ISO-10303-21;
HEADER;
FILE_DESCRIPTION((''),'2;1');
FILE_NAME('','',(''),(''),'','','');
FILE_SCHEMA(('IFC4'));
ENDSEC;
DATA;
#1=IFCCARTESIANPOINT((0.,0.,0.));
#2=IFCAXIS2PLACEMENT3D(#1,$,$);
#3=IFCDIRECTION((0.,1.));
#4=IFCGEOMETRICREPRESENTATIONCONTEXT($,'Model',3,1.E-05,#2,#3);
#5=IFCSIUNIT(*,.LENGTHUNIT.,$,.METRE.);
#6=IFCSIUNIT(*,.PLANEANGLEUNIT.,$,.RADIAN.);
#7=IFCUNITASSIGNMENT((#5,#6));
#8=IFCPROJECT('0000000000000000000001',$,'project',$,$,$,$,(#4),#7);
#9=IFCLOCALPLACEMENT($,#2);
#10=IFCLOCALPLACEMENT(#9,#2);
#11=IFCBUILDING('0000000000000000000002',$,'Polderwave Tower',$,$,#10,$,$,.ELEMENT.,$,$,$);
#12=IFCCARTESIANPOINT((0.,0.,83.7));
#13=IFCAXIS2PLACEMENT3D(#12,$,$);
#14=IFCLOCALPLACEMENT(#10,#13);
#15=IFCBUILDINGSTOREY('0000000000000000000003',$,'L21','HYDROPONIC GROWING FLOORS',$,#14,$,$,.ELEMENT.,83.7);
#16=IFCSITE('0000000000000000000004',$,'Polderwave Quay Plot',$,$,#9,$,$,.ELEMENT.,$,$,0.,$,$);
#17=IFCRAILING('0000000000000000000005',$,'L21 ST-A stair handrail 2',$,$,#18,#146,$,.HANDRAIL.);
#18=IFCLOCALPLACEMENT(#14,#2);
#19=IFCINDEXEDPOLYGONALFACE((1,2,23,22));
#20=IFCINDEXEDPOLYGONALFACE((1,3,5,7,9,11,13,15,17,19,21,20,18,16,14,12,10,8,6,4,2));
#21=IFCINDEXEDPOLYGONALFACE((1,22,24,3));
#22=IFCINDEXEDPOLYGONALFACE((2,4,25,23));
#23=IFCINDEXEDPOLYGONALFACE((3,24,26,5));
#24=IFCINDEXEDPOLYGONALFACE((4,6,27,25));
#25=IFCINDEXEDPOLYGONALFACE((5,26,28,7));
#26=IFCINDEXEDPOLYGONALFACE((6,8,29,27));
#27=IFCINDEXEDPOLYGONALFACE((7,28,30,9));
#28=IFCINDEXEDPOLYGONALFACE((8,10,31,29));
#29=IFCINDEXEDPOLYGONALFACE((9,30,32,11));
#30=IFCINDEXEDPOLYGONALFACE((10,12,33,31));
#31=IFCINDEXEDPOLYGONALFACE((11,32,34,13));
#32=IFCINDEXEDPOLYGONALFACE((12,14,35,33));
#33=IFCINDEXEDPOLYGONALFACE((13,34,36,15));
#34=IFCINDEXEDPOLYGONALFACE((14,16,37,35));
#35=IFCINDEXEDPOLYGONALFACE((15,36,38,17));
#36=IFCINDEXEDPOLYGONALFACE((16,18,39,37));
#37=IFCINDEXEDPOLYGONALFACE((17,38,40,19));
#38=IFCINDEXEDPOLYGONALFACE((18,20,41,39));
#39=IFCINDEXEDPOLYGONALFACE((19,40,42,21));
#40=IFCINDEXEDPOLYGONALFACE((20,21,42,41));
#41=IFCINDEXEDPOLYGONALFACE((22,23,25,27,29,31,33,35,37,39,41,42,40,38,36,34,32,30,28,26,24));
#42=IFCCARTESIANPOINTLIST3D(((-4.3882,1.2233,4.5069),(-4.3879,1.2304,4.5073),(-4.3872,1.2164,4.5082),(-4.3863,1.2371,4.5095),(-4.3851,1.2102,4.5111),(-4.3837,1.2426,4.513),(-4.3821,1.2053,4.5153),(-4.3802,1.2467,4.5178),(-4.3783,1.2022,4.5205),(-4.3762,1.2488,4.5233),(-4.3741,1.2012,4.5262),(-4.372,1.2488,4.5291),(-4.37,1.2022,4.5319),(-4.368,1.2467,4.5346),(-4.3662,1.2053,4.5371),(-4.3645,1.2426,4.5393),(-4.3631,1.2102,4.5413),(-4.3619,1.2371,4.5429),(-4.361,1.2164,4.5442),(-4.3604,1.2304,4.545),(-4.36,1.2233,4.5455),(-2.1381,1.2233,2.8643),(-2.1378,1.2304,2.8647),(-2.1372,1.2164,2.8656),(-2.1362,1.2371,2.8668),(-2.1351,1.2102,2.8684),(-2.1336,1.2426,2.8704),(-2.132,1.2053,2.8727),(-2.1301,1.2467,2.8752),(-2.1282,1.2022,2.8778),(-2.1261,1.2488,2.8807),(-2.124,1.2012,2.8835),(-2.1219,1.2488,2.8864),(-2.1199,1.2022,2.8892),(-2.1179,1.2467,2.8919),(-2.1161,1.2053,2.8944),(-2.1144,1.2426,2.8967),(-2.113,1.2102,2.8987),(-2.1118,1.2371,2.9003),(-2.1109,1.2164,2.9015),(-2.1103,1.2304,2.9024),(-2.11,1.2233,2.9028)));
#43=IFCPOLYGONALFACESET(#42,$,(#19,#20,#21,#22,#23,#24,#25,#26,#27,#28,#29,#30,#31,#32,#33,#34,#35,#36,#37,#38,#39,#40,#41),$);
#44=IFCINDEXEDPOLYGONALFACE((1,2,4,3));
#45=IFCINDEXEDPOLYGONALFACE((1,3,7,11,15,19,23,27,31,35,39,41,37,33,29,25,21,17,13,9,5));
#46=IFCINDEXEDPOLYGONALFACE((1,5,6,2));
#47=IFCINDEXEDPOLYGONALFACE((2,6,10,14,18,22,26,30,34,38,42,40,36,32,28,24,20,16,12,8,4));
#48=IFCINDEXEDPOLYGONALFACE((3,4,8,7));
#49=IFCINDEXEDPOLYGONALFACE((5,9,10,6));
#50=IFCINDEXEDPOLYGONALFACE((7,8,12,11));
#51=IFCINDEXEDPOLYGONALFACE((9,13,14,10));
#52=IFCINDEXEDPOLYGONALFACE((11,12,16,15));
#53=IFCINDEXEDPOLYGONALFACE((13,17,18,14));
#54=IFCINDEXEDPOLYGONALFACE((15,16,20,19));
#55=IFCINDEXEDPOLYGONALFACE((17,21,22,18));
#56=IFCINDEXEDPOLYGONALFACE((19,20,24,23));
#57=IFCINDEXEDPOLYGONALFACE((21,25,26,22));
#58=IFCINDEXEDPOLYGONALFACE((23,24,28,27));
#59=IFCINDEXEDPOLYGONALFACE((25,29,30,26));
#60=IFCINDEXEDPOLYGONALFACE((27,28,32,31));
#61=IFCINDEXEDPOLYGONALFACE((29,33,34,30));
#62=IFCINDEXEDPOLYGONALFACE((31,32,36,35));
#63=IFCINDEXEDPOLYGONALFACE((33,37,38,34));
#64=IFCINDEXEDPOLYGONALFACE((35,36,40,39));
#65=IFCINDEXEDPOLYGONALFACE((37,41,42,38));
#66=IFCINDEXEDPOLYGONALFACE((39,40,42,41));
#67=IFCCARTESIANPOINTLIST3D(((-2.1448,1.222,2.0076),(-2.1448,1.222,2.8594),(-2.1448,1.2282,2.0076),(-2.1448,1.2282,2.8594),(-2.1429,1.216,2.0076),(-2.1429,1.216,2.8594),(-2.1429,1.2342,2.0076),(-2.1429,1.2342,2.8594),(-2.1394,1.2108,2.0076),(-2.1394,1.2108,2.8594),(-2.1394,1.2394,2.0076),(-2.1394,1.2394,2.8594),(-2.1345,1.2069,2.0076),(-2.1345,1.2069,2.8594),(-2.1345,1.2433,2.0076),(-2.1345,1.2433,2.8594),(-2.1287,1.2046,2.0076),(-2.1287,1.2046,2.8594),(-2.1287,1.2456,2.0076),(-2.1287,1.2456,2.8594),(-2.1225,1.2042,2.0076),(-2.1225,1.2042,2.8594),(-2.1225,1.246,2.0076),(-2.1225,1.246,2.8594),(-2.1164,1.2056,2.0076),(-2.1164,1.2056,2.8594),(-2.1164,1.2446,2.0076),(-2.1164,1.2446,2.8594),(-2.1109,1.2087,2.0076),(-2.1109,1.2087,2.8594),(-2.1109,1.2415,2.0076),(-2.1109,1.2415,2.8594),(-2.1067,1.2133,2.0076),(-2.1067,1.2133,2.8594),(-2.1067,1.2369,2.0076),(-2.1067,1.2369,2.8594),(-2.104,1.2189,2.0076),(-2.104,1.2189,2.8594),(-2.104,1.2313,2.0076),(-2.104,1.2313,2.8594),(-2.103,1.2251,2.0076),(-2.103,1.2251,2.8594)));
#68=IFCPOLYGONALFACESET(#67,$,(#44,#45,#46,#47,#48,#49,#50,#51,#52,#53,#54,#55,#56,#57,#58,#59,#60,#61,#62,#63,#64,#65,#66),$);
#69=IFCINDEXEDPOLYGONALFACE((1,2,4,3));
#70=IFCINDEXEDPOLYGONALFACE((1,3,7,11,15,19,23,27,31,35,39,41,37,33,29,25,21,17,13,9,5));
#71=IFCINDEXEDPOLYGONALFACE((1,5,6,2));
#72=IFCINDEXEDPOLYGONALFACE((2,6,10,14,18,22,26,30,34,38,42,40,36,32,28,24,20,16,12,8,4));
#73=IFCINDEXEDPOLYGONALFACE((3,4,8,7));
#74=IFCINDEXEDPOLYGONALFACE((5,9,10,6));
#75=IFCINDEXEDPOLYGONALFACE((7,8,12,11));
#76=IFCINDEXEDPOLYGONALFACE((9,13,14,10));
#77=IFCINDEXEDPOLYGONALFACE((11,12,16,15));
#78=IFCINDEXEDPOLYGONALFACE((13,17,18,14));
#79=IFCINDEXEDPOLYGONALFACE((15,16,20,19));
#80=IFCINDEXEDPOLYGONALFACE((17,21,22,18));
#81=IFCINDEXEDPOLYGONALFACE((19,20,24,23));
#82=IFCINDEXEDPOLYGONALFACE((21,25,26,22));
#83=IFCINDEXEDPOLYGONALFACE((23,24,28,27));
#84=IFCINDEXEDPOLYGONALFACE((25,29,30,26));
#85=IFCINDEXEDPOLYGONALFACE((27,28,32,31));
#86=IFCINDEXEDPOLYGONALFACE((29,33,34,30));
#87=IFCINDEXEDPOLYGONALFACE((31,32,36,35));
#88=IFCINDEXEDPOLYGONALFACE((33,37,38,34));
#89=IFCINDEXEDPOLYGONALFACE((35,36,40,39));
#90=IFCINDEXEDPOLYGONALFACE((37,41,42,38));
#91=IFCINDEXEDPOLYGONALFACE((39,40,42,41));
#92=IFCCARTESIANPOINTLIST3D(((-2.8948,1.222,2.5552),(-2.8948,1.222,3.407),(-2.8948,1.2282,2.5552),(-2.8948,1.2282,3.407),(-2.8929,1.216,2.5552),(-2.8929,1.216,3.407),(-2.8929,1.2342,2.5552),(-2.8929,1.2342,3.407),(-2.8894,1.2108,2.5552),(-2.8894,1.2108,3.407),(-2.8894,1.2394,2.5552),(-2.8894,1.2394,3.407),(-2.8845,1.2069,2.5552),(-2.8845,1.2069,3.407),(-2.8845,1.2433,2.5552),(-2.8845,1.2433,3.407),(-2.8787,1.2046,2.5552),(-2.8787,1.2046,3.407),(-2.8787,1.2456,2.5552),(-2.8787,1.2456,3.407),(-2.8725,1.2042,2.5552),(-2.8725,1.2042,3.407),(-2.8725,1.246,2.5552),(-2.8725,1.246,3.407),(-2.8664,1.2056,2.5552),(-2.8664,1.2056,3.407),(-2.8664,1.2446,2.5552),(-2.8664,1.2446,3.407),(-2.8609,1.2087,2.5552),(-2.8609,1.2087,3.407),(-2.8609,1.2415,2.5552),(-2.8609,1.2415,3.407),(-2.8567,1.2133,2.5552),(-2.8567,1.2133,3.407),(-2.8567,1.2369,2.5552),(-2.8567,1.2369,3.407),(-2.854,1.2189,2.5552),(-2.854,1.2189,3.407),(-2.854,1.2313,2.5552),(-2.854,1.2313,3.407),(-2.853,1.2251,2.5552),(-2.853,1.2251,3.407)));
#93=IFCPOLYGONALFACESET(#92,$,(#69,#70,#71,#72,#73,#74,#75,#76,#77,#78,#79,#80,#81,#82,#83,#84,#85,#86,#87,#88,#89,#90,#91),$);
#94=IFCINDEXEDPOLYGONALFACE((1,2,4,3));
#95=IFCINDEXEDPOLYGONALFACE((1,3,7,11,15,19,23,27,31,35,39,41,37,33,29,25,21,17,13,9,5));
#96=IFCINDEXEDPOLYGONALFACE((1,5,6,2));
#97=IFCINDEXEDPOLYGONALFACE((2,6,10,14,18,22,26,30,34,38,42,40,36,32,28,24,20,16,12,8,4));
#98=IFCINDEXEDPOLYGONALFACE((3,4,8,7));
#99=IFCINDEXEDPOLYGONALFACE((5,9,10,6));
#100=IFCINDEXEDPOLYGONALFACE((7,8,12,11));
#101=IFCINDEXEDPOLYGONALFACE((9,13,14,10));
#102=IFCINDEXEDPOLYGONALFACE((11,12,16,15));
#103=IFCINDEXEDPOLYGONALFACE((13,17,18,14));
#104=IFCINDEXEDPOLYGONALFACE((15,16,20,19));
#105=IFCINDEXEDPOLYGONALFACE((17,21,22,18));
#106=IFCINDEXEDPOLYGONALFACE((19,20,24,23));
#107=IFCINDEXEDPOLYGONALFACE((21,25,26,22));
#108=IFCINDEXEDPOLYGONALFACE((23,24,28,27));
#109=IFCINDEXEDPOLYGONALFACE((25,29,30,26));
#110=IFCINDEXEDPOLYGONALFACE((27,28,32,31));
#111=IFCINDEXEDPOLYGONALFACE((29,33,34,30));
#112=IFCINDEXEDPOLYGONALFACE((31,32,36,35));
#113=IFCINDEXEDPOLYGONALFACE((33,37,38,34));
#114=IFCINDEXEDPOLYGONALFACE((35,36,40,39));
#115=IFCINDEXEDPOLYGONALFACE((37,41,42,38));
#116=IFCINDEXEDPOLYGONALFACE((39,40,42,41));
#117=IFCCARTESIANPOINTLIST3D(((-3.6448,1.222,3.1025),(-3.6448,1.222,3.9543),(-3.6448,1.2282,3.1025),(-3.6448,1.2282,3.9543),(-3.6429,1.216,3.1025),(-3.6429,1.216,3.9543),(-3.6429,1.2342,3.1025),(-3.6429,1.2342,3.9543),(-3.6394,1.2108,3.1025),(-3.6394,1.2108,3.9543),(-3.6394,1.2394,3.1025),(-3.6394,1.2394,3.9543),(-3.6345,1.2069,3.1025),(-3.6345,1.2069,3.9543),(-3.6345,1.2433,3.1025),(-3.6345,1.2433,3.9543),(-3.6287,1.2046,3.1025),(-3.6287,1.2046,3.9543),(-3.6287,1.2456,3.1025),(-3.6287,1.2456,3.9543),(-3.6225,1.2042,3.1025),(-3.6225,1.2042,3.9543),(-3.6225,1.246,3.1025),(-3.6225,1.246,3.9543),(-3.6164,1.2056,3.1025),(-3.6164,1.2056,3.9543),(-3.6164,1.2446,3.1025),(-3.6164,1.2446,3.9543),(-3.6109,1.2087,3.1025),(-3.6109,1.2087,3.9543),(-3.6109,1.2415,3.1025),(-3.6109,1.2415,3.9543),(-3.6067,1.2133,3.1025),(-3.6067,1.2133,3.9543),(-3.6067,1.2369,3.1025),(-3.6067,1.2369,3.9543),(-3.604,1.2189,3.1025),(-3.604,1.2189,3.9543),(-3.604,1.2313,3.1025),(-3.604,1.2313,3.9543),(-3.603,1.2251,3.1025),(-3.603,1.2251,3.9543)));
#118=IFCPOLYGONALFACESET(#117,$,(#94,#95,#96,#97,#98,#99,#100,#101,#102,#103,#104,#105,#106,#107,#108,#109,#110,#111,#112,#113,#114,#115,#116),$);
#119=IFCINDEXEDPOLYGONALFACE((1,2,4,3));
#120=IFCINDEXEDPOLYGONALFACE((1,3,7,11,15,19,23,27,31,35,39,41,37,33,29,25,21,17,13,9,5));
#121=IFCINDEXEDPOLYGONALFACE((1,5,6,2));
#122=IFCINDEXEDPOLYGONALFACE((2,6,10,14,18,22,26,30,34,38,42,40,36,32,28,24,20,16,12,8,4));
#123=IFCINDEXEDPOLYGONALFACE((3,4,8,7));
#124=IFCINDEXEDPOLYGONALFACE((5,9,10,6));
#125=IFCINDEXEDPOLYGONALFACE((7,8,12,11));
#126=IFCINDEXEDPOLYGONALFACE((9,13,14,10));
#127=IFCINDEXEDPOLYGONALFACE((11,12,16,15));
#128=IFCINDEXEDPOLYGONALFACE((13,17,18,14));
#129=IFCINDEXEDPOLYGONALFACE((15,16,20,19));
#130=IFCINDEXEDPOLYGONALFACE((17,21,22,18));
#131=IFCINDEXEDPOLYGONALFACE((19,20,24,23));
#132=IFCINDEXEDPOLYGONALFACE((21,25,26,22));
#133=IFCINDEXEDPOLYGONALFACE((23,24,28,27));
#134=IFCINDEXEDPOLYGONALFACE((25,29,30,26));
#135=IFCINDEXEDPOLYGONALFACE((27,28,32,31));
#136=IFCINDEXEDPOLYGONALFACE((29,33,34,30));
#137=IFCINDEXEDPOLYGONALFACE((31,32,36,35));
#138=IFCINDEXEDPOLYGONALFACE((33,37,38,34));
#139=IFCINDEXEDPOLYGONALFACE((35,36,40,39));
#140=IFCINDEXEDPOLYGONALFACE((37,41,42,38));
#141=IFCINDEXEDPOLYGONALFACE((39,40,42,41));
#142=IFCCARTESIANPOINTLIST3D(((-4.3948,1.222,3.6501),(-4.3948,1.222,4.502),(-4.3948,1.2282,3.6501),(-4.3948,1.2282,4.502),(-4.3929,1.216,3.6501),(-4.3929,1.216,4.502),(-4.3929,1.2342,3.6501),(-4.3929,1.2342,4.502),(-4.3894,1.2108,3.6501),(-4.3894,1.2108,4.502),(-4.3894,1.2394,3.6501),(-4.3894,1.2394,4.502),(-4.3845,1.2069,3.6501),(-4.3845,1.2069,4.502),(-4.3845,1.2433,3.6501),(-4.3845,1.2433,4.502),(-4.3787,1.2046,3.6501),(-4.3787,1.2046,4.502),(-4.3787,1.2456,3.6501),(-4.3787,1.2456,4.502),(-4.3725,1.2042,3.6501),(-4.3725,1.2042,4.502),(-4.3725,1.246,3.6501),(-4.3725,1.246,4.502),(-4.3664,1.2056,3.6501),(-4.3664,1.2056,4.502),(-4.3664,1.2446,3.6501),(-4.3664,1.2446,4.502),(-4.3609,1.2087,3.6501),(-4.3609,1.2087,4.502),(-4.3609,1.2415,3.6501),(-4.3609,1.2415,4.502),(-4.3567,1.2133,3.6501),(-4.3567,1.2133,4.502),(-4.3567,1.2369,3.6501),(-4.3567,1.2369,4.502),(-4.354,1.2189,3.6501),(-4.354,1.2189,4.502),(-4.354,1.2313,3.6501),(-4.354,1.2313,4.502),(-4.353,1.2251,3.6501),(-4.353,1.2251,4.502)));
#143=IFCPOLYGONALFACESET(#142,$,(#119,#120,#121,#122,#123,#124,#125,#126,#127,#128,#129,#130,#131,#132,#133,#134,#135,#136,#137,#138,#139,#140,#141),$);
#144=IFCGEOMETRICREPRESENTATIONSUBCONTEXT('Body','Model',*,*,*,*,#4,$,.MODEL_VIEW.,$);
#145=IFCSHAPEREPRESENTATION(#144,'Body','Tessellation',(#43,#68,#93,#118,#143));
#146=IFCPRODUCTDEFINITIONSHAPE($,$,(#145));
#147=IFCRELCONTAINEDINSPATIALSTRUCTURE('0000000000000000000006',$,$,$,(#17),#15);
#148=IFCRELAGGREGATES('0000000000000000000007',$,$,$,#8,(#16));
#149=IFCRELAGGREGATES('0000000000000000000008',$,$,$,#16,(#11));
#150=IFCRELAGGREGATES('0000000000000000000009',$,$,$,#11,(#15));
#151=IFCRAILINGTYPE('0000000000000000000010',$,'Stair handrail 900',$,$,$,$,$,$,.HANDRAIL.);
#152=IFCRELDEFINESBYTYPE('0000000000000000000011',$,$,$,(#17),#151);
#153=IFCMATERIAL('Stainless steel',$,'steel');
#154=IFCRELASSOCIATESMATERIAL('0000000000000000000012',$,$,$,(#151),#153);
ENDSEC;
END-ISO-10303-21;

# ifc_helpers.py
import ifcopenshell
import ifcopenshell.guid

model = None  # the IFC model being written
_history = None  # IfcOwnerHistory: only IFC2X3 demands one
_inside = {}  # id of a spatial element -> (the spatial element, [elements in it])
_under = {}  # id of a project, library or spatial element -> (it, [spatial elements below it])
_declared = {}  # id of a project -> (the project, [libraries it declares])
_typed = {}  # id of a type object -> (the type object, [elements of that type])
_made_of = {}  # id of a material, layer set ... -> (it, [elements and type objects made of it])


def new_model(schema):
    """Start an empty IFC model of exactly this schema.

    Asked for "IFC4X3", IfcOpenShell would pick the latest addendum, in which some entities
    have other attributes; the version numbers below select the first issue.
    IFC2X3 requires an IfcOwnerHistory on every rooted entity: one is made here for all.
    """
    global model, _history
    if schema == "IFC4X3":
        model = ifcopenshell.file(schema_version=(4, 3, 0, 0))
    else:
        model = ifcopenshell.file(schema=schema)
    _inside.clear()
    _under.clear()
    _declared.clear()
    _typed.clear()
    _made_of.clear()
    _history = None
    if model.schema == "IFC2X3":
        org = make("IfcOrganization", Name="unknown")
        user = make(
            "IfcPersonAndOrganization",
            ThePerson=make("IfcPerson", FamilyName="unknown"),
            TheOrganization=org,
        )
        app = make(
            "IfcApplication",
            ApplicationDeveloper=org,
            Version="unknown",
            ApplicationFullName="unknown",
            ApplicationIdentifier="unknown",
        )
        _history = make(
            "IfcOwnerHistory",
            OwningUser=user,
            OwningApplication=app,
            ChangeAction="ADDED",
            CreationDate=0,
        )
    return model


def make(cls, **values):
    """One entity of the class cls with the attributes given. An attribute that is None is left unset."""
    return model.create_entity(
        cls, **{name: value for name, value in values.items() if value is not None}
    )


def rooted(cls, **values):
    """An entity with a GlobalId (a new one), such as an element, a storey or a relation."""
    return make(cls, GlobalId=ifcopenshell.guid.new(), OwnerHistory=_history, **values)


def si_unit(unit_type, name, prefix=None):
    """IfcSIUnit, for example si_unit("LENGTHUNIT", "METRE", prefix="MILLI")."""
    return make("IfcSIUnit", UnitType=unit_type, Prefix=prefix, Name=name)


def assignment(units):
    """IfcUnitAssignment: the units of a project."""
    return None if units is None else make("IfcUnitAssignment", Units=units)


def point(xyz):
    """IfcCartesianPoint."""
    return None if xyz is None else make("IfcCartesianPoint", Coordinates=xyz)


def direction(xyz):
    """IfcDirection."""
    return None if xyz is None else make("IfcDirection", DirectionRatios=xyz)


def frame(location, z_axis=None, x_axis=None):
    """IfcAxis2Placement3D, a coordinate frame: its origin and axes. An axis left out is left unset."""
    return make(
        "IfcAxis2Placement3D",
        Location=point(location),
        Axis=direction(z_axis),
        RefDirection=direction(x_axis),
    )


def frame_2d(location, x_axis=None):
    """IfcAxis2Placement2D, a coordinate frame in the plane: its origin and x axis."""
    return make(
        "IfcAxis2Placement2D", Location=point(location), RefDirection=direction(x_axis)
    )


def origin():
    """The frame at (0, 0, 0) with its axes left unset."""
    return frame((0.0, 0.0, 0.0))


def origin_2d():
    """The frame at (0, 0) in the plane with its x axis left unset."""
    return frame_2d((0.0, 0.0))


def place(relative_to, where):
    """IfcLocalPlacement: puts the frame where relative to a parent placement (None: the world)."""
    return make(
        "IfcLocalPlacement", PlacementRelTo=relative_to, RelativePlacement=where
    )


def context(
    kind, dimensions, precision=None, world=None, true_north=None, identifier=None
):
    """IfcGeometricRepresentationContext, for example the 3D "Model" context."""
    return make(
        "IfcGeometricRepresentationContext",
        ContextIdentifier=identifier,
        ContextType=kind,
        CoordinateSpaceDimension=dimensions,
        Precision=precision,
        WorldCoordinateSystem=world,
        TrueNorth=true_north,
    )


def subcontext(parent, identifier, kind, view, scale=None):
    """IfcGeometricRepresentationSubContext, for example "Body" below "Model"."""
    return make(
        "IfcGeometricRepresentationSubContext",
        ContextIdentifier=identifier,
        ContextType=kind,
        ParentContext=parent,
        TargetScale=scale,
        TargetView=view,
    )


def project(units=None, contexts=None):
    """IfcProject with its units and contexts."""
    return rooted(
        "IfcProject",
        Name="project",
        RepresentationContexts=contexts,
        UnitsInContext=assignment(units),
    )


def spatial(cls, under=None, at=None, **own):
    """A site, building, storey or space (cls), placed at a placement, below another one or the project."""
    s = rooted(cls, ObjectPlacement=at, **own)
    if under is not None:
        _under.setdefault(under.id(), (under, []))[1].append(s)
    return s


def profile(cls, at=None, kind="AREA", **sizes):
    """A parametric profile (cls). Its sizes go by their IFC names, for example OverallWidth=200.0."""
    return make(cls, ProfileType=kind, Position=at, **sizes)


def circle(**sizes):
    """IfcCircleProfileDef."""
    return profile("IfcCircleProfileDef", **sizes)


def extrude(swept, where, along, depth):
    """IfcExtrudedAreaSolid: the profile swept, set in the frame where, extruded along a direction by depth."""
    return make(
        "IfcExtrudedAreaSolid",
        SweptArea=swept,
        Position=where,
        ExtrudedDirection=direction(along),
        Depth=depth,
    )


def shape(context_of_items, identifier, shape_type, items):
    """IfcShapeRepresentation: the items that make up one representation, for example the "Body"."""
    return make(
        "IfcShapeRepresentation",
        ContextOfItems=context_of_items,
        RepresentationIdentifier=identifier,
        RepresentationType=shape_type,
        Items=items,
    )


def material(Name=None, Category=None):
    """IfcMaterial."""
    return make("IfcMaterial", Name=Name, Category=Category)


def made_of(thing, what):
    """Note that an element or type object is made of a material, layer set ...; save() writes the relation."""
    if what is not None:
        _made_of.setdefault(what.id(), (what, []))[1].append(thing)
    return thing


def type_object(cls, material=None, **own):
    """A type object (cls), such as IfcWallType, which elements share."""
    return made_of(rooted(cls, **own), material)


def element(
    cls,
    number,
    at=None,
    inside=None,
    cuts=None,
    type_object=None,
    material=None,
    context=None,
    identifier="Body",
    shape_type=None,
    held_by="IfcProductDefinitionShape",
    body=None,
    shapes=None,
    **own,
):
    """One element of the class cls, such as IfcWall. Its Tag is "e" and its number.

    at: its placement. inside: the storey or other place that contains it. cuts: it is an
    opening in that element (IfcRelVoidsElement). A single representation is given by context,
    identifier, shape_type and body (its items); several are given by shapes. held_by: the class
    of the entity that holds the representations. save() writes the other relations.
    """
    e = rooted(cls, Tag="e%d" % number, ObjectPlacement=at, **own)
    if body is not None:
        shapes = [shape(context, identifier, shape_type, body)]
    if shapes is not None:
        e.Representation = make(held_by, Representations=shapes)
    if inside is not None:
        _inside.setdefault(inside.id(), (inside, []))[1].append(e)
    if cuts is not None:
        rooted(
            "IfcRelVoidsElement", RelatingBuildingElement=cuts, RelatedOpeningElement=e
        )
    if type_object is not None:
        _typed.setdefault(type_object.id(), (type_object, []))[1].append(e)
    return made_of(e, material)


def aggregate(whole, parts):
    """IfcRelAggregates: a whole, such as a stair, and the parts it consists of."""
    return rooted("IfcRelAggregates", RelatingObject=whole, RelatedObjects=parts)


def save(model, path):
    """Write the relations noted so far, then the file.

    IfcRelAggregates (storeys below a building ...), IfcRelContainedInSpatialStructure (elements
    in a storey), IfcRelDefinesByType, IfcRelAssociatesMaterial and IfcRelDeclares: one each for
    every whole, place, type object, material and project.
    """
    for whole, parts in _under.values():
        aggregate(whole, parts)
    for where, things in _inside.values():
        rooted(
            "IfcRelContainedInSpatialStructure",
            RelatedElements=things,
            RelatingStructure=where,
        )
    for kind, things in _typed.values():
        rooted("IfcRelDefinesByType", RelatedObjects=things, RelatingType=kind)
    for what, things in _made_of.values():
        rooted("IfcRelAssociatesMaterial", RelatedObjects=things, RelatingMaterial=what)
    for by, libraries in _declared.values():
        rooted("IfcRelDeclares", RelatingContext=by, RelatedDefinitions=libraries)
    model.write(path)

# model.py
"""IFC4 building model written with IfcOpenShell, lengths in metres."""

from ifc_helpers import new_model, si_unit, direction, frame, origin, origin_2d, place, context, subcontext, project, spatial, circle, extrude, material, type_object, element, save


model = new_model("IFC4")

# Units and contexts
model_context = context("Model", 3, precision=1e-05, world=origin(), true_north=direction((0.0, 1.0)))
body_context = subcontext(model_context, "Body", "Model", "MODEL_VIEW")
ifc_project = project(units=[si_unit("LENGTHUNIT", "METRE"), si_unit("PLANEANGLEUNIT", "RADIAN")], contexts=[model_context])

# Site, building, storey
site_placement = place(None, origin())
site = spatial("IfcSite", under=ifc_project, at=site_placement, Name="Polderwave Quay Plot", CompositionType="ELEMENT", RefElevation=0.0)
building_placement = place(site_placement, origin())
building = spatial("IfcBuilding", under=site, at=building_placement, Name="Polderwave Tower", CompositionType="ELEMENT")
storey_placement = place(building_placement, frame((0.0, 0.0, 83.7)))
storey = spatial("IfcBuildingStorey", under=building, at=storey_placement, Name="L21", Description="HYDROPONIC GROWING FLOORS", CompositionType="ELEMENT", Elevation=83.7)

# Railing
ifc_material_1 = material(Name="Stainless steel", Category="steel")
railing_type_1 = type_object("IfcRailingType", Name="Stair handrail 900", PredefinedType="HANDRAIL", material=ifc_material_1)
railing_1_placement = place(storey_placement, frame((-2.124, 1.2251, 2.0076)))
element("IfcRailing", 1, at=railing_1_placement, inside=storey, type_object=railing_type_1, Name="L21 ST-A stair handrail 2", PredefinedType="HANDRAIL", context=body_context, shape_type="SweptSolid", body=[
    extrude(circle(Radius=0.0239, at=origin_2d()), frame((0.0, 0.0, 0.876), z_axis=(-0.807674, 0.0, 0.58963), x_axis=(0.0, -1.0, 0.0)), (0.0, 0.0, 1.0), 2.7859),
    extrude(circle(Radius=0.021, at=origin_2d()), origin(), (0.0, 0.0, 1.0), 0.8518),
    extrude(circle(Radius=0.021, at=origin_2d()), frame((-0.75, 0.0, 0.5476)), (0.0, 0.0, 1.0), 0.8518),
    extrude(circle(Radius=0.021, at=origin_2d()), frame((-1.5, 0.0, 1.095)), (0.0, 0.0, 1.0), 0.8518),
    extrude(circle(Radius=0.021, at=origin_2d()), frame((-2.25, 0.0, 1.6426)), (0.0, 0.0, 1.0), 0.8518),
])

save(model, "model.ifc")
